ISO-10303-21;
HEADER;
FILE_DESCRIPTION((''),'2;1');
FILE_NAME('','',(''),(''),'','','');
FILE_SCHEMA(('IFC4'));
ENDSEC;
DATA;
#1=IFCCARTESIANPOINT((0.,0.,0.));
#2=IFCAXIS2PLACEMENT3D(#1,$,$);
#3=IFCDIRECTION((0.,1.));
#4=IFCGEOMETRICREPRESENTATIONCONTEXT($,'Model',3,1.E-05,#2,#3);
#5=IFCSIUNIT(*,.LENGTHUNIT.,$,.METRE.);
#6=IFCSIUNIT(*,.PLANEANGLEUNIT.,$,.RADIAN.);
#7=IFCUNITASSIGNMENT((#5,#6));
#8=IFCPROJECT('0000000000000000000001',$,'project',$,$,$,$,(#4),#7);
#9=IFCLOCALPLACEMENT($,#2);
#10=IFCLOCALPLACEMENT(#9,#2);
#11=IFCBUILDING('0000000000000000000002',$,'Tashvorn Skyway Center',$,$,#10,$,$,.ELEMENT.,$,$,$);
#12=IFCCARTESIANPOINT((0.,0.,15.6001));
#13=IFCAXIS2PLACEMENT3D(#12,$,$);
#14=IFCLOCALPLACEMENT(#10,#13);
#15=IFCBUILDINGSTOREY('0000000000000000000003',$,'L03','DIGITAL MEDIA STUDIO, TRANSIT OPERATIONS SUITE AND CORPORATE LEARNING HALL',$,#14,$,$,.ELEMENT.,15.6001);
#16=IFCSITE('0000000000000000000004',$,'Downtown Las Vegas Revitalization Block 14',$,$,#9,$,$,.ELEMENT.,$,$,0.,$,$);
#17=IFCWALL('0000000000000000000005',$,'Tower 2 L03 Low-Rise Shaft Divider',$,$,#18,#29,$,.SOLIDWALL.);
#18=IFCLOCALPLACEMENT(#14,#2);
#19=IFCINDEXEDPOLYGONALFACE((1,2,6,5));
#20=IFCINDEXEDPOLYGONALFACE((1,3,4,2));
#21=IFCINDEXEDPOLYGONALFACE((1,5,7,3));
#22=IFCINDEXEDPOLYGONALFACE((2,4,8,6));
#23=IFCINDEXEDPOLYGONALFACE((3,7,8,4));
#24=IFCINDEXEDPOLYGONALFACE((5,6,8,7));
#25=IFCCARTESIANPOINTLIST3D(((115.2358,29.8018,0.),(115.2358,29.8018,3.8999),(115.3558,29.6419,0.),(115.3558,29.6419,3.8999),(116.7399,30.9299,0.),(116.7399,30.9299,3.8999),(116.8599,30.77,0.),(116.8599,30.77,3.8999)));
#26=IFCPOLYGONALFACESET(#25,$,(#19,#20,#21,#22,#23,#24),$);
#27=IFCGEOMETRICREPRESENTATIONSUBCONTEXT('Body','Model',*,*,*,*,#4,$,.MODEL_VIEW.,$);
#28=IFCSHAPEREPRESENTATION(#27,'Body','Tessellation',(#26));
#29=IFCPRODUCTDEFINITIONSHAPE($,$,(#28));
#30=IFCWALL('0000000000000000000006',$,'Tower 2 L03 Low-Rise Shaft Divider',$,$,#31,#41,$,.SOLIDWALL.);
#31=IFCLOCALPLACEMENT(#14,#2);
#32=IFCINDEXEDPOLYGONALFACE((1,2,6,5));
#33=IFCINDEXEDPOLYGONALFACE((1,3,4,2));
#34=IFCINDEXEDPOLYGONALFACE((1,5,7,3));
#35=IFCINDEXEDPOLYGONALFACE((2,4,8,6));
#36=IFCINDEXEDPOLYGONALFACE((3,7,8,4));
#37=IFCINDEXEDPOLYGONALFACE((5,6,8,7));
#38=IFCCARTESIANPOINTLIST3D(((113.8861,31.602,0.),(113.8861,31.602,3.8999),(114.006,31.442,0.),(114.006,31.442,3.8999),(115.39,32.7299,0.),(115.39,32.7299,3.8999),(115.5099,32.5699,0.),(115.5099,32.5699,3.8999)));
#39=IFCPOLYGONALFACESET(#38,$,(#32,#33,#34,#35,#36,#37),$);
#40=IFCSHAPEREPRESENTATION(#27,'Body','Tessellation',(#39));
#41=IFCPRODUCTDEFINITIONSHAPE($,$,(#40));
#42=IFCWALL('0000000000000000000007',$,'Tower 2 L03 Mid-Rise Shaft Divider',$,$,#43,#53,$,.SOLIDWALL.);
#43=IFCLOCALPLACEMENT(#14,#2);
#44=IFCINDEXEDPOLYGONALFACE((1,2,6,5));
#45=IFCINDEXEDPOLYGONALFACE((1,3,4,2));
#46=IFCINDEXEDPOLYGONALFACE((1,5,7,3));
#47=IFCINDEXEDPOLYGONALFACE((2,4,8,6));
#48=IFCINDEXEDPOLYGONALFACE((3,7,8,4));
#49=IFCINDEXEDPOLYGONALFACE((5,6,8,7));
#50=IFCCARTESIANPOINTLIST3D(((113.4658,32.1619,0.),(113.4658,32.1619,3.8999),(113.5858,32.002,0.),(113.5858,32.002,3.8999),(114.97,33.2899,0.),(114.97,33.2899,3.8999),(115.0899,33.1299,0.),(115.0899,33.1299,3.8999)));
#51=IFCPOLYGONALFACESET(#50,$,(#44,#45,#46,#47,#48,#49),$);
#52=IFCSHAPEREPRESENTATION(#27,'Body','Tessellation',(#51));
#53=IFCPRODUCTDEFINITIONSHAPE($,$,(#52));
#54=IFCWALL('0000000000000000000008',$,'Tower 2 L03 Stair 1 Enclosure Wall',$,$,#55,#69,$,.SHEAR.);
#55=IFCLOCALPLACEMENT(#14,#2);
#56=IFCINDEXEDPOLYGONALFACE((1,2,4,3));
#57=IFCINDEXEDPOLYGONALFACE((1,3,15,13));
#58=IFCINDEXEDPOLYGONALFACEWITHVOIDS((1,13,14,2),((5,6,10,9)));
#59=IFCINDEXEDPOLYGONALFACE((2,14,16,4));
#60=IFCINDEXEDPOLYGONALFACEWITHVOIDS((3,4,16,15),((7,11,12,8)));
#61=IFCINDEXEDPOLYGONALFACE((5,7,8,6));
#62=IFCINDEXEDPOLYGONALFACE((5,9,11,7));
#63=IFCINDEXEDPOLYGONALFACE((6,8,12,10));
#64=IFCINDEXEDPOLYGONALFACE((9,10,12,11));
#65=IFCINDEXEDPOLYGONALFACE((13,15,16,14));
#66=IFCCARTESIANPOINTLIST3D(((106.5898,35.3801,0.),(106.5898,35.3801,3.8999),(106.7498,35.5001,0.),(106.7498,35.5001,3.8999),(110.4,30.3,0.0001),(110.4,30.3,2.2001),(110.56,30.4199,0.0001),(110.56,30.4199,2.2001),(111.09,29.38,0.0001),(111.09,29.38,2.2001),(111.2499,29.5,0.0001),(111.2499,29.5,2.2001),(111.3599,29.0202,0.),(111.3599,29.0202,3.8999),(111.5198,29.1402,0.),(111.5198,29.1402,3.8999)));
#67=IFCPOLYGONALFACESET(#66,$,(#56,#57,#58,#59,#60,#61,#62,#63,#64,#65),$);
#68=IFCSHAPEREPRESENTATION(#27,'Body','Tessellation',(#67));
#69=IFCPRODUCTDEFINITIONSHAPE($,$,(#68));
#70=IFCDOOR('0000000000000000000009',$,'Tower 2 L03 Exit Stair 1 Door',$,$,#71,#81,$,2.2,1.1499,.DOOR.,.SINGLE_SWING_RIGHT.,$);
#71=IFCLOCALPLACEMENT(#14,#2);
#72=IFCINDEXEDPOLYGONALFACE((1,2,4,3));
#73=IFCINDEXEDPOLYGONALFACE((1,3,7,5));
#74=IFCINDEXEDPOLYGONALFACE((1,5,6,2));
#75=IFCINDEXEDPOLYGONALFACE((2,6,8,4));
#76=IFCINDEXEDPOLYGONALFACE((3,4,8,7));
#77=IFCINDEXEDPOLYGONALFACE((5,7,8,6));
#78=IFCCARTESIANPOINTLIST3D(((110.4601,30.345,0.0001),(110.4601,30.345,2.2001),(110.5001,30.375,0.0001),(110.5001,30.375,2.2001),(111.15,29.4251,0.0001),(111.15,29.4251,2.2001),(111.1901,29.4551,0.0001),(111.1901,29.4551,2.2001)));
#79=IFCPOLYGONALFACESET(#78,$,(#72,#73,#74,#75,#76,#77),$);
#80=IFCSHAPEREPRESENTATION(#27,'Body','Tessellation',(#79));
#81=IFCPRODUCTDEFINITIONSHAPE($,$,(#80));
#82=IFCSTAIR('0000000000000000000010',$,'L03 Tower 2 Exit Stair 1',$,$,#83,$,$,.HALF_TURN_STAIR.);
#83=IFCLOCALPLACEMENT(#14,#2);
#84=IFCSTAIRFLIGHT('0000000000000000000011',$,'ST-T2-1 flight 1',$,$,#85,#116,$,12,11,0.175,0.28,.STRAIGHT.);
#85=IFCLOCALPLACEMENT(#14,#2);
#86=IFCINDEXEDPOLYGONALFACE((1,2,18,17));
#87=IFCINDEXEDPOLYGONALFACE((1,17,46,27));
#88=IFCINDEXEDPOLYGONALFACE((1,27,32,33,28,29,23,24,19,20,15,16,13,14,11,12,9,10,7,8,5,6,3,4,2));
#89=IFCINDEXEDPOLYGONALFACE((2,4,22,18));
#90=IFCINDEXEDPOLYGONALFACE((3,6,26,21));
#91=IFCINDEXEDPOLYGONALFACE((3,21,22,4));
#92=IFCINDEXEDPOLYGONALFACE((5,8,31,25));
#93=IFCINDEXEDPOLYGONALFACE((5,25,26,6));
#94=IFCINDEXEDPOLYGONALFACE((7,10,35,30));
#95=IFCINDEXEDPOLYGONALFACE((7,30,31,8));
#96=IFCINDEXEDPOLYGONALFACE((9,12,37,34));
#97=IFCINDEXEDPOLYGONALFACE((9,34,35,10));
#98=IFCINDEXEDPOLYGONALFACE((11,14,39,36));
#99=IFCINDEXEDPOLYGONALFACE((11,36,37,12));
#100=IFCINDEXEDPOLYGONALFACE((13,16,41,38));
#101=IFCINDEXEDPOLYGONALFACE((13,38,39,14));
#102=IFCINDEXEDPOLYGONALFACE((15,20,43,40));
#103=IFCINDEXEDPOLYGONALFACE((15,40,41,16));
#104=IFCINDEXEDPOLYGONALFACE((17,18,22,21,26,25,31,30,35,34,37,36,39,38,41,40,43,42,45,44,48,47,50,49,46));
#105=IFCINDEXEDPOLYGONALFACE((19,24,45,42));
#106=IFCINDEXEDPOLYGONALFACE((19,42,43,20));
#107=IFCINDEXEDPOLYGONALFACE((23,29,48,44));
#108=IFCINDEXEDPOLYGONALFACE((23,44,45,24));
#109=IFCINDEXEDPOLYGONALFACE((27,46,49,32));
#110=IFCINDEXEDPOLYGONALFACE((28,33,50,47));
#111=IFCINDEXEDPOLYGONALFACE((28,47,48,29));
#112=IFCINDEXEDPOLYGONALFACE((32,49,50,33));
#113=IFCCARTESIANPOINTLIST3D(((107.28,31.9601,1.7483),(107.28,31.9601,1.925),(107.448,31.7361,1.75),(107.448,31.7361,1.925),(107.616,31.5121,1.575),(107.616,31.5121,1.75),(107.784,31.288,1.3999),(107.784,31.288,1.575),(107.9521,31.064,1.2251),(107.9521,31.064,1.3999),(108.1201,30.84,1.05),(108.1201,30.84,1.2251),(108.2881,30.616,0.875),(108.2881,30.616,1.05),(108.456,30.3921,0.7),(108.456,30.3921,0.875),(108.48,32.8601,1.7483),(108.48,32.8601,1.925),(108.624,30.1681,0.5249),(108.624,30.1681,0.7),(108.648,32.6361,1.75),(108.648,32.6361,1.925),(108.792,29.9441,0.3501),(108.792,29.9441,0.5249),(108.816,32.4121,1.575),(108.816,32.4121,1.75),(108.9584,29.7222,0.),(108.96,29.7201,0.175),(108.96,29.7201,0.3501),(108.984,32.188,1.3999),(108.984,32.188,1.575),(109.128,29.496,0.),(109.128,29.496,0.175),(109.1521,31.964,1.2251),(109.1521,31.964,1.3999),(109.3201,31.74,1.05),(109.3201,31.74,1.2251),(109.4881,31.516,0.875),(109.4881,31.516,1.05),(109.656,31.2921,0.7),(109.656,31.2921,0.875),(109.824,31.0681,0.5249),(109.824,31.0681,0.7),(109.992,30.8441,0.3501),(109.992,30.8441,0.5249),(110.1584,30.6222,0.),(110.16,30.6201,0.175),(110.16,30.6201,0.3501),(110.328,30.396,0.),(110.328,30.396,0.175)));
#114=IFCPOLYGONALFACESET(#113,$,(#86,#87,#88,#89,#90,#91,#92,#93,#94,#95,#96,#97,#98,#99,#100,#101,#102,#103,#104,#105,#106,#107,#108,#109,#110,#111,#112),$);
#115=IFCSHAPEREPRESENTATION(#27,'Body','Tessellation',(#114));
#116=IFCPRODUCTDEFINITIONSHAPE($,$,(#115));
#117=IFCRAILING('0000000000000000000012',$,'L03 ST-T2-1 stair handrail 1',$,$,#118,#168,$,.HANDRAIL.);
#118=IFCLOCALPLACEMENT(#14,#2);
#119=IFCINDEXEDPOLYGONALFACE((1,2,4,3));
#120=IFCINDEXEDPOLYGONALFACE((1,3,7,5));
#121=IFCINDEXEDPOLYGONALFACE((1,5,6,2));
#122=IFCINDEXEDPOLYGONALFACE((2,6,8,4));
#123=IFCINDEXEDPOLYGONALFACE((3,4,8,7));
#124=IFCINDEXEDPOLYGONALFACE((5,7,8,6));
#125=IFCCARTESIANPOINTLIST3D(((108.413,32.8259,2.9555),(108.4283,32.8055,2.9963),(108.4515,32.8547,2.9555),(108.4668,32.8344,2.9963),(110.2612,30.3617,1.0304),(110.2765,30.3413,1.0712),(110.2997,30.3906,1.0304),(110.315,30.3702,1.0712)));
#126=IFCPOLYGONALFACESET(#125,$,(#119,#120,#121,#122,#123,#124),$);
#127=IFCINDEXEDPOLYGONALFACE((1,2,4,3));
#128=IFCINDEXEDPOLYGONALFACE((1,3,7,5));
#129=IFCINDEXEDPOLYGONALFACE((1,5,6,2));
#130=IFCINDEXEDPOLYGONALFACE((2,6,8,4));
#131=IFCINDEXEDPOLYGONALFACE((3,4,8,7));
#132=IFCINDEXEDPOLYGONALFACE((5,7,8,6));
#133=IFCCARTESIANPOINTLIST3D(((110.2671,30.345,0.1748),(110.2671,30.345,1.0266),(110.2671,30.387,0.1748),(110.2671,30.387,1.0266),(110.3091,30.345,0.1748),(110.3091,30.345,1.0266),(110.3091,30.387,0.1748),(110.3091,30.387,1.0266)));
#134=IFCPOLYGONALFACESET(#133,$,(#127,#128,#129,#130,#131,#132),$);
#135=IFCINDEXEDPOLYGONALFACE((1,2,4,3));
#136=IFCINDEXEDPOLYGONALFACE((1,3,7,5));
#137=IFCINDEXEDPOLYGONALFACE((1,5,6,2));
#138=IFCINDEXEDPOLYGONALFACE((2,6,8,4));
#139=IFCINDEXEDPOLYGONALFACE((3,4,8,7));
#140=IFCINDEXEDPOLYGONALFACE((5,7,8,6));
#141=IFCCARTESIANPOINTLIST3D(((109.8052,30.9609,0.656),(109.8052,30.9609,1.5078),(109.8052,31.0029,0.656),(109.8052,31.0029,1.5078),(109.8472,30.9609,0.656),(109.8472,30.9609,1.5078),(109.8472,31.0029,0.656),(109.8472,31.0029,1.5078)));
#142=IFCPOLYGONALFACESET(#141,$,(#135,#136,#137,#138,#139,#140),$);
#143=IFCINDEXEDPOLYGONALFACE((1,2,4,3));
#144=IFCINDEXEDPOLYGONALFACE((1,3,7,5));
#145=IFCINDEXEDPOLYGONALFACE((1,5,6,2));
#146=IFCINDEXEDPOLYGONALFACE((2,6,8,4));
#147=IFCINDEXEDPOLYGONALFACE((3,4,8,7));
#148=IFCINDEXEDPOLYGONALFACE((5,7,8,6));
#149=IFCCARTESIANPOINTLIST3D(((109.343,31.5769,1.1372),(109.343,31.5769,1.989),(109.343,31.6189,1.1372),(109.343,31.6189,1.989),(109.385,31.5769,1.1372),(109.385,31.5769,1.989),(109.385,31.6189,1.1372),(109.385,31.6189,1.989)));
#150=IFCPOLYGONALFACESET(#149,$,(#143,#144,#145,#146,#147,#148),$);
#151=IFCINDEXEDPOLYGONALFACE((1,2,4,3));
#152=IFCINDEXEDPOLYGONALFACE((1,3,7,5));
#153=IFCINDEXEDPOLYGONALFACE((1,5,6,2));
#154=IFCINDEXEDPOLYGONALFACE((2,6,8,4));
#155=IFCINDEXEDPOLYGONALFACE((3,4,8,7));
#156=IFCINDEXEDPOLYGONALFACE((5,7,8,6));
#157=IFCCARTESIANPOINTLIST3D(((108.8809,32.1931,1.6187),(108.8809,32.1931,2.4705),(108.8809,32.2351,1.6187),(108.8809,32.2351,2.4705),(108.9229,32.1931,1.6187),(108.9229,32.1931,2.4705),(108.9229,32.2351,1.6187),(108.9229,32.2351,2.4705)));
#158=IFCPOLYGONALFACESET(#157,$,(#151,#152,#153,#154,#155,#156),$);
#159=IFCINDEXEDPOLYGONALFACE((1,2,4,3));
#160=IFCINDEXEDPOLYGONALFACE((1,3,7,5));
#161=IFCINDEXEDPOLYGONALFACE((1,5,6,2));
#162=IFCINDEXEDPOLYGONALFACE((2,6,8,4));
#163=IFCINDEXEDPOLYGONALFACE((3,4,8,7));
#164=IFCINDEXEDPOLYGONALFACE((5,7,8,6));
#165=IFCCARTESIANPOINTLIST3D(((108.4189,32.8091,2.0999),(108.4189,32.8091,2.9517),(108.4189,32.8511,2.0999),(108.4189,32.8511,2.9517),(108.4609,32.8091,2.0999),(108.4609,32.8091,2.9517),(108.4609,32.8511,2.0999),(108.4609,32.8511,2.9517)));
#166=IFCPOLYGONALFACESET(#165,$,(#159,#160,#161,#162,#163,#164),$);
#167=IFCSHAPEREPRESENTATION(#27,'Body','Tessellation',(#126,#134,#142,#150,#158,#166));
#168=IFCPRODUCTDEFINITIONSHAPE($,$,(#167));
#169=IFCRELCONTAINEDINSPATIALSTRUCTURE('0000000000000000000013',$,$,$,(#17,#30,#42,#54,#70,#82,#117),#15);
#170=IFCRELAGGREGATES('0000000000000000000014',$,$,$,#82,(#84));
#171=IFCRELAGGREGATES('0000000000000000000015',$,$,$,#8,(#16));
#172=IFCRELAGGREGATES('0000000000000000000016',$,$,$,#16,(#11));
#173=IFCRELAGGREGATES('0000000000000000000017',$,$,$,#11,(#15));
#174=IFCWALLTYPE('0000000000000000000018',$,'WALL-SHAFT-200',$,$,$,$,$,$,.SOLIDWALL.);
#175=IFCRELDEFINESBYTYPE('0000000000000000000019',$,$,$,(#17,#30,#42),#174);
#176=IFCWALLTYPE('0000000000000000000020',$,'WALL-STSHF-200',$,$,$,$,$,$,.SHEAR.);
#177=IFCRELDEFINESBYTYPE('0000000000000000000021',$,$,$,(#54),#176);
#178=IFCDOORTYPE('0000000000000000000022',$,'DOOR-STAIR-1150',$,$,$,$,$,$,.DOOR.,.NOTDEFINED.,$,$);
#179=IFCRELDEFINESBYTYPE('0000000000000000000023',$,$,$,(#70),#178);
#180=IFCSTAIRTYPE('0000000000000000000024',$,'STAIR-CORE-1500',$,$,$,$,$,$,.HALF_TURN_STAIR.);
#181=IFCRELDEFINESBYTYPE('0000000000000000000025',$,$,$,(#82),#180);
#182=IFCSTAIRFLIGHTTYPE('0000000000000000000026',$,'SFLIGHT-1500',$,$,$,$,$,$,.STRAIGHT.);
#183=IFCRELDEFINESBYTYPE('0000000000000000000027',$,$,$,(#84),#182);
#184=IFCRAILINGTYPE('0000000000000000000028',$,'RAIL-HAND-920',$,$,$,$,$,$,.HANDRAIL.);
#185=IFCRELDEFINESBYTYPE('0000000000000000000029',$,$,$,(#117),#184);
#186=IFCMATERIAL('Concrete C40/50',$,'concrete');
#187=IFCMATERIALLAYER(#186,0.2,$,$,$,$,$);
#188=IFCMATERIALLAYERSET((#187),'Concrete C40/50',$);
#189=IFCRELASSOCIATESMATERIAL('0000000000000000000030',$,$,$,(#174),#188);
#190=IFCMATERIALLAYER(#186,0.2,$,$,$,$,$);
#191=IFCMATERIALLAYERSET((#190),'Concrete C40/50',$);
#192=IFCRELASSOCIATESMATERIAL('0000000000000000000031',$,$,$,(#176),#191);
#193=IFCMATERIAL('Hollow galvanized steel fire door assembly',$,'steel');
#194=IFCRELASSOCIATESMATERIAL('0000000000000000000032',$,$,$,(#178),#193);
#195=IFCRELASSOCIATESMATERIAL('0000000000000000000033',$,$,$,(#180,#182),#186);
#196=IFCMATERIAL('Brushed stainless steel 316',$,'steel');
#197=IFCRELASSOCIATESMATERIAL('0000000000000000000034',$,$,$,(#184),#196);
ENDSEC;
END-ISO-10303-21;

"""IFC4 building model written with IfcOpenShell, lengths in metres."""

from ifc_helpers import new_model, si_unit, direction, frame, frame_2d, origin, origin_2d, place, context, subcontext, project, spatial, polyline, rectangle, outline, extrude, material, layer, layer_set, type_object, element, fill, aggregate, save


model = new_model("IFC4")

# Units and contexts
model_context = context("Model", 3, precision=1e-05, world=origin(), true_north=direction((0.0, 1.0)))
body_context = subcontext(model_context, "Body", "Model", "MODEL_VIEW")
ifc_project = project(units=[si_unit("LENGTHUNIT", "METRE"), si_unit("PLANEANGLEUNIT", "RADIAN")], contexts=[model_context])

# Site, building, storey
site_placement = place(None, origin())
site = spatial("IfcSite", under=ifc_project, at=site_placement, Name="Downtown Las Vegas Revitalization Block 14", CompositionType="ELEMENT", RefElevation=0.0)
building_placement = place(site_placement, origin())
building = spatial("IfcBuilding", under=site, at=building_placement, Name="Tashvorn Skyway Center", CompositionType="ELEMENT")
storey_placement = place(building_placement, frame((0.0, 0.0, 15.6001)))
storey = spatial("IfcBuildingStorey", under=building, at=storey_placement, Name="L03", Description="DIGITAL MEDIA STUDIO, TRANSIT OPERATIONS SUITE AND CORPORATE LEARNING HALL", CompositionType="ELEMENT", Elevation=15.6001)

# Shared definitions
ifc_material_1 = material(Name="Concrete C40/50", Category="concrete")
ifc_material_2 = material(Name="Hollow galvanized steel fire door assembly", Category="steel")

# Shared definitions
ifc_layer_1 = layer(ifc_material_1, 0.2)
ifc_layer_set_1 = layer_set([ifc_layer_1], Name="Concrete C40/50")
wall_type_1 = type_object("IfcWallType", Name="WALL-SHAFT-200", PredefinedType="SOLIDWALL", material=ifc_layer_set_1)

# Walls
wall_1_placement = place(storey_placement, frame((115.2959, 29.7219, 0.0), z_axis=(0.0, 0.0, 1.0), x_axis=(0.799984, 0.600021, 0.0)))
element("IfcWall", 1, at=wall_1_placement, inside=storey, type_object=wall_type_1, Name="Tower 2 L03 Low-Rise Shaft Divider", PredefinedType="SOLIDWALL", context=body_context, shape_type="SweptSolid", body=[
    extrude(rectangle(XDim=1.8801, YDim=0.2, at=frame_2d((0.9399, 0.0))), origin(), (0.0, 0.0, 1.0), 3.8999),
])
wall_2_placement = place(storey_placement, frame((113.946, 31.522, 0.0), z_axis=(0.0, 0.0, 1.0), x_axis=(0.8, 0.6, 0.0)))
element("IfcWall", 2, at=wall_2_placement, inside=storey, type_object=wall_type_1, Name="Tower 2 L03 Low-Rise Shaft Divider", PredefinedType="SOLIDWALL", context=body_context, shape_type="SweptSolid", body=[
    extrude(rectangle(XDim=1.8799, YDim=0.2, at=frame_2d((0.9399, 0.0))), origin(), (0.0, 0.0, 1.0), 3.8999),
])
wall_3_placement = place(storey_placement, frame((113.5259, 32.082, 0.0), z_axis=(0.0, 0.0, 1.0), x_axis=(0.800047, 0.599938, 0.0)))
element("IfcWall", 3, at=wall_3_placement, inside=storey, type_object=wall_type_1, Name="Tower 2 L03 Mid-Rise Shaft Divider", PredefinedType="SOLIDWALL", context=body_context, shape_type="SweptSolid", body=[
    extrude(rectangle(XDim=1.8801, YDim=0.2, at=frame_2d((0.9399, 0.0))), origin(), (0.0, 0.0, 1.0), 3.8999),
])

# Wall, opening, door
ifc_layer_2 = layer(ifc_material_1, 0.2)
ifc_layer_set_2 = layer_set([ifc_layer_2], Name="Concrete C40/50")
wall_type_2 = type_object("IfcWallType", Name="WALL-STSHF-200", PredefinedType="SHEAR", material=ifc_layer_set_2)
wall_4_placement = place(storey_placement, frame((111.4399, 29.0801, 0.0), z_axis=(0.0, 0.0, 1.0), x_axis=(-0.60001, 0.799993, 0.0)))
wall_4 = element("IfcWall", 4, at=wall_4_placement, inside=storey, type_object=wall_type_2, Name="Tower 2 L03 Stair 1 Enclosure Wall", PredefinedType="SHEAR", context=body_context, shape_type="SweptSolid", body=[
    extrude(rectangle(XDim=7.95, YDim=0.2, at=frame_2d((3.9751, 0.0))), origin(), (0.0, 0.0, 1.0), 3.8999),
])
opening_1_placement = place(wall_4_placement, frame((0.45, 0.0, 0.0)))
opening_1 = element("IfcOpeningElement", 5, at=opening_1_placement, cuts=wall_4, PredefinedType="OPENING", context=body_context, shape_type="SweptSolid", body=[
    extrude(rectangle(XDim=1.1499, YDim=2.2, at=frame_2d((0.575, 1.1001))), frame((0.0, 0.1099, 0.0), z_axis=(0.0, -1.0, 0.0), x_axis=(1.0, 0.0, 0.0)), (0.0, 0.0, 1.0), 0.22),
])
door_type_1 = type_object("IfcDoorType", Name="DOOR-STAIR-1150", OperationType="NOTDEFINED", PredefinedType="DOOR", material=ifc_material_2)
door_1_placement = place(opening_1_placement, origin())
door_1 = element("IfcDoor", 6, at=door_1_placement, inside=storey, type_object=door_type_1, Name="Tower 2 L03 Exit Stair 1 Door", OperationType="SINGLE_SWING_RIGHT", OverallHeight=2.2, OverallWidth=1.1499, PredefinedType="DOOR", context=body_context, shape_type="SweptSolid", body=[
    extrude(rectangle(XDim=1.1499, YDim=2.2, at=frame_2d((0.575, 1.1001))), frame((0.0, 0.0249, 0.0), z_axis=(0.0, -1.0, 0.0), x_axis=(1.0, 0.0, 0.0)), (0.0, 0.0, 1.0), 0.05),
])
fill(opening_1, door_1)

# Stair, stair flight
stair_type = type_object("IfcStairType", Name="STAIR-CORE-1500", PredefinedType="HALF_TURN_STAIR", material=ifc_material_1)
stair_placement = place(storey_placement, origin())
stair = element("IfcStair", 7, at=stair_placement, inside=storey, type_object=stair_type, Name="L03 Tower 2 Exit Stair 1", PredefinedType="HALF_TURN_STAIR")
stair_flight_type = type_object("IfcStairFlightType", Name="SFLIGHT-1500", PredefinedType="STRAIGHT", material=ifc_material_1)
stair_flight_placement = place(storey_placement, frame((109.728, 29.946, 0.0), z_axis=(0.0, 0.0, 1.0), x_axis=(-0.6, 0.8, 0.0)))
stair_flight = element("IfcStairFlight", 8, at=stair_flight_placement, type_object=stair_flight_type, Name="ST-T2-1 flight 1", NumberOfRisers=12, NumberOfTreads=11, PredefinedType="STRAIGHT", RiserHeight=0.175, TreadLength=0.28, context=body_context, shape_type="SweptSolid", body=[
    extrude(outline(polyline([(0.0, 0.0), (0.0, 0.175), (0.28, 0.175), (0.28, 0.3501), (0.5601, 0.3501), (0.5601, 0.5249), (0.8401, 0.5249), (0.8401, 0.7), (1.1201, 0.7), (1.1201, 0.875), (1.3999, 0.875), (1.3999, 1.05), (1.6799, 1.05), (1.6799, 1.2251), (1.96, 1.2251), (1.96, 1.3999), (2.24, 1.3999), (2.24, 1.575), (2.52, 1.575), (2.52, 1.75), (2.8, 1.75), (2.8, 1.925), (3.0801, 1.925), (3.0801, 2.1001), (3.0801, 1.7483), (0.2827, 0.0), (0.0, 0.0)])), frame((0.0, 0.75, 0.0), z_axis=(0.0, -1.0, 0.0), x_axis=(1.0, 0.0, 0.0)), (0.0, 0.0, 1.0), 1.5),
])
aggregate(stair, [stair_flight])

# Railing
ifc_material_3 = material(Name="Brushed stainless steel 316", Category="steel")
railing_type = type_object("IfcRailingType", Name="RAIL-HAND-920", PredefinedType="HANDRAIL", material=ifc_material_3)
railing_placement = place(storey_placement, frame((110.2881, 30.366, 0.1748)))
element("IfcRailing", 9, at=railing_placement, inside=storey, type_object=railing_type, Name="L03 ST-T2-1 stair handrail 1", PredefinedType="HANDRAIL", context=body_context, shape_type="SweptSolid", body=[
    extrude(rectangle(XDim=0.0481, YDim=0.0481, at=origin_2d()), frame((0.0, 0.0, 0.876), z_axis=(-0.508814, 0.678397, 0.529987), x_axis=(-0.79999, -0.600013, 0.0)), (0.0, 0.0, 1.0), 3.6323),
    extrude(rectangle(XDim=0.042, YDim=0.042, at=origin_2d()), origin(), (0.0, 0.0, 1.0), 0.8518),
    extrude(rectangle(XDim=0.042, YDim=0.042, at=origin_2d()), frame((-0.4619, 0.616, 0.4812)), (0.0, 0.0, 1.0), 0.8518),
    extrude(rectangle(XDim=0.042, YDim=0.042, at=origin_2d()), frame((-0.9241, 1.2319, 0.9624)), (0.0, 0.0, 1.0), 0.8518),
    extrude(rectangle(XDim=0.042, YDim=0.042, at=origin_2d()), frame((-1.3862, 1.8481, 1.4438)), (0.0, 0.0, 1.0), 0.8518),
    extrude(rectangle(XDim=0.042, YDim=0.042, at=origin_2d()), frame((-1.8481, 2.4641, 1.925)), (0.0, 0.0, 1.0), 0.8518),
])

save(model, "model.ifc")
